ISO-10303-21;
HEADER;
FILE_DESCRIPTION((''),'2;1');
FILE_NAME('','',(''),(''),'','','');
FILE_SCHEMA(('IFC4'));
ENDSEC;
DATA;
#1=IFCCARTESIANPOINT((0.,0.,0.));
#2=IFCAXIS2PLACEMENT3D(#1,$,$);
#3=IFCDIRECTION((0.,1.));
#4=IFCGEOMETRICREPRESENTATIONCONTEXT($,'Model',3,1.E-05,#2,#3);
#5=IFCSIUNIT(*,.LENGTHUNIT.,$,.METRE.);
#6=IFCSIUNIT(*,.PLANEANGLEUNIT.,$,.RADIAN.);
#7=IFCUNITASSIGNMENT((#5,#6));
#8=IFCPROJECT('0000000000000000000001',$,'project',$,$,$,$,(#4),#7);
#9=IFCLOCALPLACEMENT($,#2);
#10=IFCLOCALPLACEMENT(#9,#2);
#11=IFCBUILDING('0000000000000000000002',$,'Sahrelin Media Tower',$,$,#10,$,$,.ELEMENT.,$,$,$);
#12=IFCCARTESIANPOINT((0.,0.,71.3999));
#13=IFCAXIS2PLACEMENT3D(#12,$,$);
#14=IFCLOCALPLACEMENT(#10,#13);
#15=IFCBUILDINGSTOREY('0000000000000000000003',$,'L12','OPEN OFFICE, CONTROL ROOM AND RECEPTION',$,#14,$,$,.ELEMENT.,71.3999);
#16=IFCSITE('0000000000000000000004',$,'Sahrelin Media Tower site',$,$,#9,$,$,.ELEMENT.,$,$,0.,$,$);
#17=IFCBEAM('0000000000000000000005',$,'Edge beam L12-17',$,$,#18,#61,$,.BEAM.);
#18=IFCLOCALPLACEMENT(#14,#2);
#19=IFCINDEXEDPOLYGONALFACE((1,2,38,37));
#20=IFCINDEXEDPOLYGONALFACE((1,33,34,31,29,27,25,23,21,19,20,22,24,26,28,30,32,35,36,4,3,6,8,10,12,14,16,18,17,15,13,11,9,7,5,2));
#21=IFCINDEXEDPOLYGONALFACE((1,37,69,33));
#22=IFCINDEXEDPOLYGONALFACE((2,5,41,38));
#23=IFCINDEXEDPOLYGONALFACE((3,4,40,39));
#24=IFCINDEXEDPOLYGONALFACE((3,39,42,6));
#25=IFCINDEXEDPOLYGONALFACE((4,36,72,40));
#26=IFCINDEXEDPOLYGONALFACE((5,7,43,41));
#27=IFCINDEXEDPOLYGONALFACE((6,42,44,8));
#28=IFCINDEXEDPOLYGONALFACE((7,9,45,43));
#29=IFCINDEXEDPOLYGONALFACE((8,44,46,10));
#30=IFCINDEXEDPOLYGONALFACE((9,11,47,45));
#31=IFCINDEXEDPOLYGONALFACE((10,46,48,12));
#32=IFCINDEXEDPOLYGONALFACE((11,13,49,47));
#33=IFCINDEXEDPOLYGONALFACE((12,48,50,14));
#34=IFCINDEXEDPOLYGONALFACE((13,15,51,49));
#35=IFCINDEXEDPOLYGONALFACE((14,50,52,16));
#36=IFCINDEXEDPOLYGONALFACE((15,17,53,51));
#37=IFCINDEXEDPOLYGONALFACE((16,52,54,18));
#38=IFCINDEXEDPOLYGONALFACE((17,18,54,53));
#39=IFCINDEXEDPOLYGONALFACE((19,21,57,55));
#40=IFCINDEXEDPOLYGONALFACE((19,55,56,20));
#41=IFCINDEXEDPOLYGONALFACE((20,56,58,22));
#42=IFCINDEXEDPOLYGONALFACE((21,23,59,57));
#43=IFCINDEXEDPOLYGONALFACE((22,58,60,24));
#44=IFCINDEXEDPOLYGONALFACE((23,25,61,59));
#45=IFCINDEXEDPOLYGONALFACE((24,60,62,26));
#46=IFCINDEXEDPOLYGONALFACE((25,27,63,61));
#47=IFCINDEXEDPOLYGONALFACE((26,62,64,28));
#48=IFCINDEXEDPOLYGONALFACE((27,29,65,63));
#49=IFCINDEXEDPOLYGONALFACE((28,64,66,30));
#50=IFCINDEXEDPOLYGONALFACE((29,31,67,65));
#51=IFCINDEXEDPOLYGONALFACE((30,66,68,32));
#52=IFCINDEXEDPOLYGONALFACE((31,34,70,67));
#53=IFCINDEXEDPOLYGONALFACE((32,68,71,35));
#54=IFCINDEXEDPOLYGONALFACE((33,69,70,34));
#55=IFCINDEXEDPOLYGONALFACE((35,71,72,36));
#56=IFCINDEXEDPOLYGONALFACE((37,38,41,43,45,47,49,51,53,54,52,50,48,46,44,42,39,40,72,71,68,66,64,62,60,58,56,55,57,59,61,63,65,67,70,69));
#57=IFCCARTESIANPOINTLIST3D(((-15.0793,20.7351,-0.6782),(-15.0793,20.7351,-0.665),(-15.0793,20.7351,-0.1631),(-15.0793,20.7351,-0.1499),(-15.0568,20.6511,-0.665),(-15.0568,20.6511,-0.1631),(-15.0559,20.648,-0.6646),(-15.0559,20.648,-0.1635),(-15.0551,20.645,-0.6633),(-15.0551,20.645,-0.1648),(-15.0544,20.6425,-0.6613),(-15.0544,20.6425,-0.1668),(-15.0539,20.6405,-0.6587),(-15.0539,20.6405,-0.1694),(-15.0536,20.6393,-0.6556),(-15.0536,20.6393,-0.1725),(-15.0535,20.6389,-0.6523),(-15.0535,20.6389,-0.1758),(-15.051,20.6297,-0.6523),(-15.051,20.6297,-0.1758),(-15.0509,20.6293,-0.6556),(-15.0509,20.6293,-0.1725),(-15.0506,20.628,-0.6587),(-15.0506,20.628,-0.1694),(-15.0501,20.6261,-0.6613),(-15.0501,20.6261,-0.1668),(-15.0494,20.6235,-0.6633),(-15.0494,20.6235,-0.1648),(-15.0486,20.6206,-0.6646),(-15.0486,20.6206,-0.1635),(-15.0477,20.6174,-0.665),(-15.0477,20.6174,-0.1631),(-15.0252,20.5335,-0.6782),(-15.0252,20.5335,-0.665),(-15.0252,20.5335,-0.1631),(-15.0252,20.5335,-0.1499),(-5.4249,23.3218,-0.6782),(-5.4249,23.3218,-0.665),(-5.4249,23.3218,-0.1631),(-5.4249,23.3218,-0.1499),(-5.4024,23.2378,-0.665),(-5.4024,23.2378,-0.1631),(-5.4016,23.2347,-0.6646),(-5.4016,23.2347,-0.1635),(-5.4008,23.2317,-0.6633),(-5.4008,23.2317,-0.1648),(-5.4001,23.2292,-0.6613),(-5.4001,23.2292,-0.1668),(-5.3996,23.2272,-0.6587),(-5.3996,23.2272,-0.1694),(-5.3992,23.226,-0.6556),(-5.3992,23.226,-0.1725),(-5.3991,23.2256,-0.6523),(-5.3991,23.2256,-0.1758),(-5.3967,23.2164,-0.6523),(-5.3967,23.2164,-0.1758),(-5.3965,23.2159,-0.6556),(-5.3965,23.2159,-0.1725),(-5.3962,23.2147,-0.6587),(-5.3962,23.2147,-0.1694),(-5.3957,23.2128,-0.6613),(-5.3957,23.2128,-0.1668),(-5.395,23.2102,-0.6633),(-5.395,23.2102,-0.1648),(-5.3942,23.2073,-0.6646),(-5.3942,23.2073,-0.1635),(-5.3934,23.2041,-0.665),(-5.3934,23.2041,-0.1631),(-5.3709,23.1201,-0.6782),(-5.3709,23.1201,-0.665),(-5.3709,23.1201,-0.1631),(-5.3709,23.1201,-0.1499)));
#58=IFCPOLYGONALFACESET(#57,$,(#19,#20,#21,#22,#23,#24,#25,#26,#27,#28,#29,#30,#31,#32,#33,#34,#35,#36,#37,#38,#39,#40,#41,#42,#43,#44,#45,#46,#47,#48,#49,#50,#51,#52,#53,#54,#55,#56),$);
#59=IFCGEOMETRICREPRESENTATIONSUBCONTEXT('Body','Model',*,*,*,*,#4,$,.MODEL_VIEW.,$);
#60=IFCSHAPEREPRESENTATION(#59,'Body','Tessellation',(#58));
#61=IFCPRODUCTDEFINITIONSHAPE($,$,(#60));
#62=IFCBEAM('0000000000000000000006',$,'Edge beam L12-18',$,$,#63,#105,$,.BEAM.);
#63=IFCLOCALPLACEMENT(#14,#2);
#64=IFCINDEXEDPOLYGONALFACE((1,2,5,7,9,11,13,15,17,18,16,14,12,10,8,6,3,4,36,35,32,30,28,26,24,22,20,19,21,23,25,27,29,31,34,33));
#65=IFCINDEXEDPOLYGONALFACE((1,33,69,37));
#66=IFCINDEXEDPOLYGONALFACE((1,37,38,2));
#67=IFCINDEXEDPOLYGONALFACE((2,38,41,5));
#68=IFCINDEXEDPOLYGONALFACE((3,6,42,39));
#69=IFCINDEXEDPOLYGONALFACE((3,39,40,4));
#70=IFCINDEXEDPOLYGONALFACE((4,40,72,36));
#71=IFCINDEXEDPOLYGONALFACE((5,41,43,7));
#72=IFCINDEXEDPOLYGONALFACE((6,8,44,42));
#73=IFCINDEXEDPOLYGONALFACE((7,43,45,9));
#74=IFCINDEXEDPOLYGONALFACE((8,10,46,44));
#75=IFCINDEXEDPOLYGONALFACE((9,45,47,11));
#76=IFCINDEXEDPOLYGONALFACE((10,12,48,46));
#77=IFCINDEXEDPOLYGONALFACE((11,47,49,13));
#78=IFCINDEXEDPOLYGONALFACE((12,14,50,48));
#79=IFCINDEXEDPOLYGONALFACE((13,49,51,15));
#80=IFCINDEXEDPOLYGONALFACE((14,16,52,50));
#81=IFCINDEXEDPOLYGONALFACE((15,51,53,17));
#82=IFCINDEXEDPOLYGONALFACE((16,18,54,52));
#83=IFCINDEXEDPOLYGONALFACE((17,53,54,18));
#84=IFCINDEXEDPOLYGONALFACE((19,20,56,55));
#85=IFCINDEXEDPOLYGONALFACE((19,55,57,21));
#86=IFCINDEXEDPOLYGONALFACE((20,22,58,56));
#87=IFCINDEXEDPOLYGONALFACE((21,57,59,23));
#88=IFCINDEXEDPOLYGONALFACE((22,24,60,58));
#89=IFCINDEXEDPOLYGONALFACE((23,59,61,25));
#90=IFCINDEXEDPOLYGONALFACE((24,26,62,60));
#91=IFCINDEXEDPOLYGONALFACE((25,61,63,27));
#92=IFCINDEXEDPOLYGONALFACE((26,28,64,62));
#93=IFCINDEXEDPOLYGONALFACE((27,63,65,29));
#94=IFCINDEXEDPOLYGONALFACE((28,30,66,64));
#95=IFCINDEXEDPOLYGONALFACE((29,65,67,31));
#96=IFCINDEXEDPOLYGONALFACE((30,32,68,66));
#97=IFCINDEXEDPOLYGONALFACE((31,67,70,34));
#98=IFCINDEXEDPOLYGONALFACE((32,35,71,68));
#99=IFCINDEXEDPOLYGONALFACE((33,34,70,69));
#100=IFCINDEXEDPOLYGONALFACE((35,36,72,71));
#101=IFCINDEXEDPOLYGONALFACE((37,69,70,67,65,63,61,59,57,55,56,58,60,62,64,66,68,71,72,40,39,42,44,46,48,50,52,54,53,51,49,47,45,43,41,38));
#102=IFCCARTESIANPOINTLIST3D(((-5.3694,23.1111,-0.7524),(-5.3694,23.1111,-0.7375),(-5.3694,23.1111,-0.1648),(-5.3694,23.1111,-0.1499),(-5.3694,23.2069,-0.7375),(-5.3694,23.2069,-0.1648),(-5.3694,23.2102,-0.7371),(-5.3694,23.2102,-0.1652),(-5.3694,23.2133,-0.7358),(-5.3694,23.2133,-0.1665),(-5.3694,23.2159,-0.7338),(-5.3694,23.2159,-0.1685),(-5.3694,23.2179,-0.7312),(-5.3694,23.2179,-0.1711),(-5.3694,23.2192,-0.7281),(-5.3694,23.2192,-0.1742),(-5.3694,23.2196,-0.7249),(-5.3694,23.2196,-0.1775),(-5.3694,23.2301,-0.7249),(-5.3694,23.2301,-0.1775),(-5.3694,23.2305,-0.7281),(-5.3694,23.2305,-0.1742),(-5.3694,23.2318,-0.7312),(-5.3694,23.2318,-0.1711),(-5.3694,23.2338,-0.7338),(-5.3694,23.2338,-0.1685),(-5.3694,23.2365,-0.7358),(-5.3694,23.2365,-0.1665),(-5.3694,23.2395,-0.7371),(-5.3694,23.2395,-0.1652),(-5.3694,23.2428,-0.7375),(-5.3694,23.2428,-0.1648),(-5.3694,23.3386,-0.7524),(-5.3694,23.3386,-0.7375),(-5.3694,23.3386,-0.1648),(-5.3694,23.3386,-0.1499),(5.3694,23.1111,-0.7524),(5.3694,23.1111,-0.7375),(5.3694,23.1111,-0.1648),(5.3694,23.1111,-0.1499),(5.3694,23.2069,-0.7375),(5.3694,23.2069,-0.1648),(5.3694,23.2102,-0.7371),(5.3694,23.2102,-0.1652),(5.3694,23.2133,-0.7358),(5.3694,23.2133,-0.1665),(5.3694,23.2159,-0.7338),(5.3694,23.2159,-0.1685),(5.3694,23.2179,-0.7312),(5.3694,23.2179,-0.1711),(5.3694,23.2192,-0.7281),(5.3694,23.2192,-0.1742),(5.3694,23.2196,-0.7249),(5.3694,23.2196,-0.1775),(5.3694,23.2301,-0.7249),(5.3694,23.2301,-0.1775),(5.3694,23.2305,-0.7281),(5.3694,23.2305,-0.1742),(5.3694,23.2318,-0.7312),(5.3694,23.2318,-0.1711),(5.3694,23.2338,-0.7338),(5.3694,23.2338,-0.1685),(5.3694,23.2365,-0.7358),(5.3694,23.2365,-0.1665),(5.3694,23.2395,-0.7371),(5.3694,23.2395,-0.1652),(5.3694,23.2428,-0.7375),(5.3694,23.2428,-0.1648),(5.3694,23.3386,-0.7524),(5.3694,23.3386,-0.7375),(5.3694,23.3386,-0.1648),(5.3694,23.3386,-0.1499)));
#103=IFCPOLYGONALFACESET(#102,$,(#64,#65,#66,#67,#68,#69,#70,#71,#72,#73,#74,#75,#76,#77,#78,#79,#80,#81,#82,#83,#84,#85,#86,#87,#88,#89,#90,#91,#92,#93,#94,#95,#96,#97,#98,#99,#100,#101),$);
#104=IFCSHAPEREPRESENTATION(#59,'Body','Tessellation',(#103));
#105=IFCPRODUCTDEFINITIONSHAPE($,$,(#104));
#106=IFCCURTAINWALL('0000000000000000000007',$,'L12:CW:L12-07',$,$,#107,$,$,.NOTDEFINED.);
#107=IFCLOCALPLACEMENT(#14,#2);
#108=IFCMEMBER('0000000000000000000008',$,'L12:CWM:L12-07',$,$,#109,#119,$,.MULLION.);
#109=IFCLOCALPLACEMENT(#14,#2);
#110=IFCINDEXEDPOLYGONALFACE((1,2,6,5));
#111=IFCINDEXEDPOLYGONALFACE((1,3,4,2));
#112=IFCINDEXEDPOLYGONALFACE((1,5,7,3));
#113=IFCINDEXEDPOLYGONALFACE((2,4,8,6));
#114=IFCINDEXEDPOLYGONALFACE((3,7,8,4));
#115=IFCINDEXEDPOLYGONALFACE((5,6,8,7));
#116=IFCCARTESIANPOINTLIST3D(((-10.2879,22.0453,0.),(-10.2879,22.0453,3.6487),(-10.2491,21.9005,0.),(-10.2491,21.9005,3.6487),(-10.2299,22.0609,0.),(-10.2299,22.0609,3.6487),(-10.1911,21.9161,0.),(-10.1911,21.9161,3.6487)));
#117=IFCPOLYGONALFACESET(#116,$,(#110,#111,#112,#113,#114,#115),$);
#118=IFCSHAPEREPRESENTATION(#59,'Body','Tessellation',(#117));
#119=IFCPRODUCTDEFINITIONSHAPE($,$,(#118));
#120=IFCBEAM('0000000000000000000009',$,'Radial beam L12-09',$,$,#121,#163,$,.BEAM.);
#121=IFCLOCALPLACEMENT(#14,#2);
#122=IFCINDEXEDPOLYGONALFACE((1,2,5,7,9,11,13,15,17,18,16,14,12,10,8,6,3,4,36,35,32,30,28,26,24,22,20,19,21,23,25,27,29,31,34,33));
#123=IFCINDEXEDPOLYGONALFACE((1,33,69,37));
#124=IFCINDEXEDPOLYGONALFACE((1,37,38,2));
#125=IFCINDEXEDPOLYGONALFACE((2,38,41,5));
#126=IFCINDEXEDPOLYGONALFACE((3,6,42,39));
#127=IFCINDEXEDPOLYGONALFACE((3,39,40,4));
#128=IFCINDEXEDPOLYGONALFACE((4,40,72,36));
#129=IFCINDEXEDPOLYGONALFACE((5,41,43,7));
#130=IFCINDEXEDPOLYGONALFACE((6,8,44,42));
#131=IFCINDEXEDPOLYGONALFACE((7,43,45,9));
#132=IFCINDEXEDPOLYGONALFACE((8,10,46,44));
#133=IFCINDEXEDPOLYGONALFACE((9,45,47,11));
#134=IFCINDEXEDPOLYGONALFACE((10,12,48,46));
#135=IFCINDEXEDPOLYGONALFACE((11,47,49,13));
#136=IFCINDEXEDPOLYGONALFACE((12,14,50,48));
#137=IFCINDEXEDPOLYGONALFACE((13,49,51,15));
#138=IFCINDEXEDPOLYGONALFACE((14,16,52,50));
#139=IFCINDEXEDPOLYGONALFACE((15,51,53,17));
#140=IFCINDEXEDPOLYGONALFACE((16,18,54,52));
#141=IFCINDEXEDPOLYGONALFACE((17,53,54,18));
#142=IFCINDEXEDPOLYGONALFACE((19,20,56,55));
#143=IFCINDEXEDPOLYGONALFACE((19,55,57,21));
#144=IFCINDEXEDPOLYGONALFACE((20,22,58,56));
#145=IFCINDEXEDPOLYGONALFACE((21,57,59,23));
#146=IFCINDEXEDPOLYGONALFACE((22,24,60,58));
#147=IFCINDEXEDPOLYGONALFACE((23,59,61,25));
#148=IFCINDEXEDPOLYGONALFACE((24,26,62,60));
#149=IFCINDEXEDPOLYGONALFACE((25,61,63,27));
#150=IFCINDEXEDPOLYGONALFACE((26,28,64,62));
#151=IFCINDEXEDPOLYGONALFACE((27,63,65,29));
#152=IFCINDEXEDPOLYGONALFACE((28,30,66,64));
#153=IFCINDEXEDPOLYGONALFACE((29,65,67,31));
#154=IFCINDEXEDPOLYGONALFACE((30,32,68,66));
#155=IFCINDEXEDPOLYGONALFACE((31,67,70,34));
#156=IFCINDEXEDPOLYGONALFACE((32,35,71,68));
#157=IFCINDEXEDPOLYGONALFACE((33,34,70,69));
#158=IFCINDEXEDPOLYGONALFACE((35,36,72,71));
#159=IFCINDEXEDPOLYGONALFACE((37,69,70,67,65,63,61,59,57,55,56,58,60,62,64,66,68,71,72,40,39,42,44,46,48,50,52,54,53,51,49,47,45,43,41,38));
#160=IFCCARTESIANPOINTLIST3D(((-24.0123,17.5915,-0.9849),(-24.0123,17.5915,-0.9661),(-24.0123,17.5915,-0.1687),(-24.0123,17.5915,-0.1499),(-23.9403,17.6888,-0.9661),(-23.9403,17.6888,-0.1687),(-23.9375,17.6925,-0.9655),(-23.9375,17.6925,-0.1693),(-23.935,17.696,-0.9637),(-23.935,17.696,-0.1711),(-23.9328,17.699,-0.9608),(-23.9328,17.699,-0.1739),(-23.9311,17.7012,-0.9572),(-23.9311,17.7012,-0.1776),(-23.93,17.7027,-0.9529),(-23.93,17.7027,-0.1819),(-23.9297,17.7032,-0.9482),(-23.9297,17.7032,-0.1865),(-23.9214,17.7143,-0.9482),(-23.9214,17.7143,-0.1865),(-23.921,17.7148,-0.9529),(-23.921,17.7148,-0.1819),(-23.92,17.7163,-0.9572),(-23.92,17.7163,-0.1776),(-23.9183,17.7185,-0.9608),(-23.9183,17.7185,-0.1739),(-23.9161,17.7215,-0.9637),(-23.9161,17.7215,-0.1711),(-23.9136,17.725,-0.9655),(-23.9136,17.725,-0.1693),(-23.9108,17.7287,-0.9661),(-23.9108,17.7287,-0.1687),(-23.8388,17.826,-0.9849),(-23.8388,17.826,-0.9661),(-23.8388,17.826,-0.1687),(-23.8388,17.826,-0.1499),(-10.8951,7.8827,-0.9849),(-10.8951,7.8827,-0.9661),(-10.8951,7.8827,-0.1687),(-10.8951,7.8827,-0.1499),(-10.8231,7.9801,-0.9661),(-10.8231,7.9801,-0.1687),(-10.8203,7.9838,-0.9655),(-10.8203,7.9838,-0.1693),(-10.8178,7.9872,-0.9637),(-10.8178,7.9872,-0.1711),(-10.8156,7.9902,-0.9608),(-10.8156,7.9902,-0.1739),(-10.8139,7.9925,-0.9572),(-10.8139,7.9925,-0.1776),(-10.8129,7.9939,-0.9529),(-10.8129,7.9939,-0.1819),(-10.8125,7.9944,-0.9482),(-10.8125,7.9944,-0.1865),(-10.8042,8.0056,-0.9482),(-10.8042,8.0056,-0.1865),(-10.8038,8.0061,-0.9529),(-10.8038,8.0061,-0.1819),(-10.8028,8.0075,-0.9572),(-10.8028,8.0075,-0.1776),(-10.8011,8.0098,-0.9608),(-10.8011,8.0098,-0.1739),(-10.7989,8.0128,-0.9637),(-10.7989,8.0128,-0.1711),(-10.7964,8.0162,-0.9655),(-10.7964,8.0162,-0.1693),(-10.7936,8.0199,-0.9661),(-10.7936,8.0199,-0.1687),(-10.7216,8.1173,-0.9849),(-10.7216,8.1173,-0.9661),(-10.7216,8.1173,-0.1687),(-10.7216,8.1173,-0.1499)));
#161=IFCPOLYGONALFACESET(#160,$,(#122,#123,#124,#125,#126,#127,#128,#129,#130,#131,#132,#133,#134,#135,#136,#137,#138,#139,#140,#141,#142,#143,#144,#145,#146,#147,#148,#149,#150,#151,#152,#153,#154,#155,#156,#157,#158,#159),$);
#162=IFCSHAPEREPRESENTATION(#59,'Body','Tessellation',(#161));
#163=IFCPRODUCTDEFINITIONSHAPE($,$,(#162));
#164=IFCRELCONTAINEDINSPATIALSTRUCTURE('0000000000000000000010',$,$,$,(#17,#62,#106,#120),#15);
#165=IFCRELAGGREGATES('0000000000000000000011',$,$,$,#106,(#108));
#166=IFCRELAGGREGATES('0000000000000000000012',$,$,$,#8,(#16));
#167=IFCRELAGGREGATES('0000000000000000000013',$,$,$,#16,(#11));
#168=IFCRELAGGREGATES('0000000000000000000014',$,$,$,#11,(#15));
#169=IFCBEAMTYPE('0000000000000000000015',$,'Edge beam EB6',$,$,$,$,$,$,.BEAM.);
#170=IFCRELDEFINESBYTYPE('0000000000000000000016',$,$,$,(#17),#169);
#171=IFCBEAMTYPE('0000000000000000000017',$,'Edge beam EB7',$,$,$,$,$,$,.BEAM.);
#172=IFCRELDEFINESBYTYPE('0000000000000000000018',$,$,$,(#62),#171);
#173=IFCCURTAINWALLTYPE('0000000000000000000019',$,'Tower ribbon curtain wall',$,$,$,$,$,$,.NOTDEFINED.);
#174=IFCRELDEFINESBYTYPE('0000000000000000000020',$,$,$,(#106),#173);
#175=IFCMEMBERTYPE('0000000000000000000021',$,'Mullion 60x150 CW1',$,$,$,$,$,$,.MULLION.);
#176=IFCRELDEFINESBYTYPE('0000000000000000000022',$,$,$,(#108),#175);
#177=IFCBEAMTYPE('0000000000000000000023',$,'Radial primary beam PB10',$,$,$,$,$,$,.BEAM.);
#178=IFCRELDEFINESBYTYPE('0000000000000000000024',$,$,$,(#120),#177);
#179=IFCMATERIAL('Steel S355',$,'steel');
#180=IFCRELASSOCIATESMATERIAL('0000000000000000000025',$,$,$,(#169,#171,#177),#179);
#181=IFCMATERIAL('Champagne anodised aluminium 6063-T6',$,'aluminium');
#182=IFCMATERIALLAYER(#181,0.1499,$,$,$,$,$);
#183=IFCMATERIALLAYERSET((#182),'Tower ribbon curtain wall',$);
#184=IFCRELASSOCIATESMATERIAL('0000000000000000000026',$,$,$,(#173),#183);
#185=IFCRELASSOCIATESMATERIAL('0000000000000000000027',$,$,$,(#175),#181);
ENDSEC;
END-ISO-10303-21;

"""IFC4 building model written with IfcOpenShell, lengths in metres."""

from ifc_helpers import new_model, si_unit, direction, frame, origin, origin_2d, place, context, subcontext, project, spatial, rectangle, i_section, extrude, material, layer, layer_set, material_profile, profile_set, type_object, element, aggregate, save


model = new_model("IFC4")

# Units and contexts
model_context = context("Model", 3, precision=1e-05, world=origin(), true_north=direction((0.0, 1.0)))
body_context = subcontext(model_context, "Body", "Model", "MODEL_VIEW")
ifc_project = project(units=[si_unit("LENGTHUNIT", "METRE"), si_unit("PLANEANGLEUNIT", "RADIAN")], contexts=[model_context])

# Site, building, storey
site_placement = place(None, origin())
site = spatial("IfcSite", under=ifc_project, at=site_placement, Name="Sahrelin Media Tower site", CompositionType="ELEMENT", RefElevation=0.0)
building_placement = place(site_placement, origin())
building = spatial("IfcBuilding", under=site, at=building_placement, Name="Sahrelin Media Tower", CompositionType="ELEMENT")
storey_placement = place(building_placement, frame((0.0, 0.0, 71.3999)))
storey = spatial("IfcBuildingStorey", under=building, at=storey_placement, Name="L12", Description="OPEN OFFICE, CONTROL ROOM AND RECEPTION", CompositionType="ELEMENT", Elevation=71.3999)

# Beams
ifc_material_1 = material(Name="Steel S355", Category="steel")
ifc_material_profile_1 = material_profile(ifc_material_1, i_section(OverallWidth=0.2087, OverallDepth=0.5283, WebThickness=0.0095, FlangeThickness=0.0132, FilletRadius=0.0127, at=origin_2d()), Name="UB 533x210x82")
ifc_profile_set_1 = profile_set([ifc_material_profile_1], Name="Steel S355")
beam_type_1 = type_object("IfcBeamType", Name="Edge beam EB6", PredefinedType="BEAM", material=ifc_profile_set_1)
beam_1_placement = place(storey_placement, frame((-15.0522, 20.6343, -0.4141), z_axis=(0.965931, 0.258801, 0.0), x_axis=(-0.258801, 0.965931, 0.0)))
element("IfcBeam", 1, at=beam_1_placement, inside=storey, type_object=beam_type_1, Name="Edge beam L12-17", PredefinedType="BEAM", context=body_context, shape_type="SweptSolid", body=[
    extrude(i_section(OverallWidth=0.2087, OverallDepth=0.5283, WebThickness=0.0095, FlangeThickness=0.0132, FilletRadius=0.0127, at=origin_2d()), origin(), (0.0, 0.0, 1.0), 9.9949),
])
ifc_material_profile_2 = material_profile(ifc_material_1, i_section(OverallWidth=0.2275, OverallDepth=0.6025, WebThickness=0.0105, FlangeThickness=0.0149, FilletRadius=0.0127, at=origin_2d()), Name="UB 610x229x101")
ifc_profile_set_2 = profile_set([ifc_material_profile_2], Name="Steel S355")
beam_type_2 = type_object("IfcBeamType", Name="Edge beam EB7", PredefinedType="BEAM", material=ifc_profile_set_2)
beam_2_placement = place(storey_placement, frame((-5.3694, 23.2249, -0.4512), z_axis=(1.0, 0.0, 0.0), x_axis=(0.0, 1.0, 0.0)))
element("IfcBeam", 2, at=beam_2_placement, inside=storey, type_object=beam_type_2, Name="Edge beam L12-18", PredefinedType="BEAM", context=body_context, shape_type="SweptSolid", body=[
    extrude(i_section(OverallWidth=0.2275, OverallDepth=0.6025, WebThickness=0.0105, FlangeThickness=0.0149, FilletRadius=0.0127, at=origin_2d()), origin(), (0.0, 0.0, 1.0), 10.7388),
])

# Curtain wall, member
ifc_material_2 = material(Name="Champagne anodised aluminium 6063-T6", Category="aluminium")
ifc_layer_1 = layer(ifc_material_2, 0.1499)
ifc_layer_set_1 = layer_set([ifc_layer_1], Name="Tower ribbon curtain wall")
curtain_wall_type = type_object("IfcCurtainWallType", Name="Tower ribbon curtain wall", PredefinedType="NOTDEFINED", material=ifc_layer_set_1)
curtain_wall_placement = place(storey_placement, frame((-10.2639, 22.0725, 0.0), z_axis=(0.0, 0.0, 1.0), x_axis=(1.0, 0.0, 0.0)))
curtain_wall = element("IfcCurtainWall", 3, at=curtain_wall_placement, inside=storey, type_object=curtain_wall_type, Name="L12:CW:L12-07", PredefinedType="NOTDEFINED")
ifc_material_profile_3 = material_profile(ifc_material_2, rectangle(XDim=0.0601, YDim=0.1499, at=origin_2d()), Name="Mullion 60x150")
ifc_profile_set_3 = profile_set([ifc_material_profile_3], Name="Champagne anodised aluminium 6063-T6")
member_type_1 = type_object("IfcMemberType", Name="Mullion 60x150 CW1", PredefinedType="MULLION", material=ifc_profile_set_3)
member_1_placement = place(storey_placement, frame((-10.2395, 21.9807, 0.0), z_axis=(0.0, 0.0, 1.0), x_axis=(-0.965926, -0.258819, 0.0)))
member_1 = element("IfcMember", 4, at=member_1_placement, type_object=member_type_1, Name="L12:CWM:L12-07", PredefinedType="MULLION", context=body_context, shape_type="SweptSolid", body=[
    extrude(rectangle(XDim=0.0601, YDim=0.1499, at=origin_2d()), origin(), (0.0, 0.0, 1.0), 3.6487),
])

# Beam
ifc_material_profile_4 = material_profile(ifc_material_1, i_section(OverallWidth=0.2917, OverallDepth=0.835, WebThickness=0.0139, FlangeThickness=0.0188, FilletRadius=0.0178, at=origin_2d()), Name="UB 838x292x176")
ifc_profile_set_4 = profile_set([ifc_material_profile_4], Name="Steel S355")
beam_type_3 = type_object("IfcBeamType", Name="Radial primary beam PB10", PredefinedType="BEAM", material=ifc_profile_set_4)
beam_3_placement = place(storey_placement, frame((-10.8083, 8.0, -0.5674), z_axis=(-0.803783, 0.594923, 0.0), x_axis=(-0.594923, -0.803783, 0.0)))
element("IfcBeam", 5, at=beam_3_placement, inside=storey, type_object=beam_type_3, Name="Radial beam L12-09", PredefinedType="BEAM", context=body_context, shape_type="SweptSolid", body=[
    extrude(i_section(OverallWidth=0.2917, OverallDepth=0.835, WebThickness=0.0139, FlangeThickness=0.0188, FilletRadius=0.0178, at=origin_2d()), origin(), (0.0, 0.0, 1.0), 16.3193),
])

aggregate(curtain_wall, [member_1])

save(model, "model.ifc")
